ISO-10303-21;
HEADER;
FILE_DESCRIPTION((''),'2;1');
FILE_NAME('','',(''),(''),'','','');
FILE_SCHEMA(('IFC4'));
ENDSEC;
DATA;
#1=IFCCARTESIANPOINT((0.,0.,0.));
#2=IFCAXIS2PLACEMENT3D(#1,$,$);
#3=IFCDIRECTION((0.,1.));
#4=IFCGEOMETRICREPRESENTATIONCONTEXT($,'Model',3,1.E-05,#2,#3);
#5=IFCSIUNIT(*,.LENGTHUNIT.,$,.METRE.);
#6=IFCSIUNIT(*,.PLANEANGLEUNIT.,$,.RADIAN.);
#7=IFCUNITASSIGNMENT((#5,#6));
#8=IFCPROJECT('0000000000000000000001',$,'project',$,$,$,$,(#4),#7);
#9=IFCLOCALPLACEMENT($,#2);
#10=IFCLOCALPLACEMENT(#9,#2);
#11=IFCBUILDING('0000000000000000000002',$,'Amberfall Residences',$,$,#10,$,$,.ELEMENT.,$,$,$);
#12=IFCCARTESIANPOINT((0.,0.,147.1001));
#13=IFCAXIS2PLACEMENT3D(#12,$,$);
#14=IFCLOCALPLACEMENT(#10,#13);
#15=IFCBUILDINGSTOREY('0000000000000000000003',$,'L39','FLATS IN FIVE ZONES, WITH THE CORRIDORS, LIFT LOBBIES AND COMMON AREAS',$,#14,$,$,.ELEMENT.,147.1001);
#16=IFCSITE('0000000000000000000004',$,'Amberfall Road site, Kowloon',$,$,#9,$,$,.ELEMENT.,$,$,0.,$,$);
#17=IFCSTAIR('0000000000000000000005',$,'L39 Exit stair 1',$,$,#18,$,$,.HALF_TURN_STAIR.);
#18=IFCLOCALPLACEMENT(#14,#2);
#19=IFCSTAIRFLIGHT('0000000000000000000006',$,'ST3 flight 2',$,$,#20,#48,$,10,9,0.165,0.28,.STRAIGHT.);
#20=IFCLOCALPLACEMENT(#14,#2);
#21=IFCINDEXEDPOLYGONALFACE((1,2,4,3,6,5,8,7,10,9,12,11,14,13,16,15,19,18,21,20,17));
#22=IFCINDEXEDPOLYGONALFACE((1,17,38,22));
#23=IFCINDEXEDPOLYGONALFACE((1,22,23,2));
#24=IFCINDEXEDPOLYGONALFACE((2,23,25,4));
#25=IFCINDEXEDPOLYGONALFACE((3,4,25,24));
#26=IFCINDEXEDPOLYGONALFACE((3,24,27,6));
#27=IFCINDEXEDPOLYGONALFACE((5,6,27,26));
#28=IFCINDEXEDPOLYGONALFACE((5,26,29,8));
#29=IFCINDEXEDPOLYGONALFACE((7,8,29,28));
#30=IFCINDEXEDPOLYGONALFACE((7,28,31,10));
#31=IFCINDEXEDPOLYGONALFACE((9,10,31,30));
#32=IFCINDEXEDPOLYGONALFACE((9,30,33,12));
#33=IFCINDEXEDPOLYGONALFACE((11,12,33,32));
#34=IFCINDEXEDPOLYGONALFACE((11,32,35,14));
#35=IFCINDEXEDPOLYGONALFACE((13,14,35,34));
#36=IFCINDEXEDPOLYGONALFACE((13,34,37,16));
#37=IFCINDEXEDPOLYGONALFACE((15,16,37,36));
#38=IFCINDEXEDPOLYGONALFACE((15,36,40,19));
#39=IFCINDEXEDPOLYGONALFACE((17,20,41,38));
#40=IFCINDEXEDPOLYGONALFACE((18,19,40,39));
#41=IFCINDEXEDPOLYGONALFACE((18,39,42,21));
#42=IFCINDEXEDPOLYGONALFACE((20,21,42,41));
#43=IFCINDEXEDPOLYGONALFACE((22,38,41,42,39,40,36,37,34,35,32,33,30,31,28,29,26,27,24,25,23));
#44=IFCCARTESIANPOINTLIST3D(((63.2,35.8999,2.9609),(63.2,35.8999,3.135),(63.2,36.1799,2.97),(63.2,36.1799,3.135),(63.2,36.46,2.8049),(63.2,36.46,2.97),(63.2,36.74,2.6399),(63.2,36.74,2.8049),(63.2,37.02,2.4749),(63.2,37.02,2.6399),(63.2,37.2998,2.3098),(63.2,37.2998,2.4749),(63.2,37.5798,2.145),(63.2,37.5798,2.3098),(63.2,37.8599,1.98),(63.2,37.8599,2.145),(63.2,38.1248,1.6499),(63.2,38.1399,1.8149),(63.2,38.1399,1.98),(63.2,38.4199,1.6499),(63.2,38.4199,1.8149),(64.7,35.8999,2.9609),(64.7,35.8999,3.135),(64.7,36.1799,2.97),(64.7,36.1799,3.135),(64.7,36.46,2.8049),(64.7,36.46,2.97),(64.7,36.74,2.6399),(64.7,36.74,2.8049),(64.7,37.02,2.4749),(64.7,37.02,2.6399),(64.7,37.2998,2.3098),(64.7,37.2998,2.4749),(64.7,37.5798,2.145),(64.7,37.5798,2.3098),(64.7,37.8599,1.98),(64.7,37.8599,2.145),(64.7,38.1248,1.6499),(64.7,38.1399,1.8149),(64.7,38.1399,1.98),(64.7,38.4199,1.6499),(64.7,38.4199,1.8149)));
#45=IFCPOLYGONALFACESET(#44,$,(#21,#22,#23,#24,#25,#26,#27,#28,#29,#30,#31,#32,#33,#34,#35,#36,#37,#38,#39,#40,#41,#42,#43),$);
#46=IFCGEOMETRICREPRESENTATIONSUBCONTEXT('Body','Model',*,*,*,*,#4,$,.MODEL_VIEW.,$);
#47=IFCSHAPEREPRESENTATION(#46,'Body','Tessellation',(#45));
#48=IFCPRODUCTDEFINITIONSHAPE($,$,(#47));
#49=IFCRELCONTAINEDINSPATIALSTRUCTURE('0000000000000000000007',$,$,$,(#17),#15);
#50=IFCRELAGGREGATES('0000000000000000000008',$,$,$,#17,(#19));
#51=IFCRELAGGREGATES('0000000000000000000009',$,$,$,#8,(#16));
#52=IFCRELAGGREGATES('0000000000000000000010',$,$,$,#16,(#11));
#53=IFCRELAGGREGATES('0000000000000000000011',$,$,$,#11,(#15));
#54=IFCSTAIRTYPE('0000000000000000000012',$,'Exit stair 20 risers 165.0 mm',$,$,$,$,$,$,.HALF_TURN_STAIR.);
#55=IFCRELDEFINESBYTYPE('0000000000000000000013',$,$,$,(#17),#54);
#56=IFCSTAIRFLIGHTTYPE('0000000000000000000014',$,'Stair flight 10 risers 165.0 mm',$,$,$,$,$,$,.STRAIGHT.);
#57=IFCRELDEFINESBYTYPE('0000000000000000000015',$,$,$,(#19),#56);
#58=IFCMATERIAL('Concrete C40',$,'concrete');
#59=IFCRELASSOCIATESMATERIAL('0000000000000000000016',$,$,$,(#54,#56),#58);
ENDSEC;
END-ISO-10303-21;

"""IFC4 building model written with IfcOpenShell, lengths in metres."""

from ifc_helpers import new_model, si_unit, direction, frame, origin, place, context, subcontext, project, spatial, polyline, outline, extrude, material, type_object, element, aggregate, save


model = new_model("IFC4")

# Units and contexts
model_context = context("Model", 3, precision=1e-05, world=origin(), true_north=direction((0.0, 1.0)))
body_context = subcontext(model_context, "Body", "Model", "MODEL_VIEW")
ifc_project = project(units=[si_unit("LENGTHUNIT", "METRE"), si_unit("PLANEANGLEUNIT", "RADIAN")], contexts=[model_context])

# Site, building, storey
site_placement = place(None, origin())
site = spatial("IfcSite", under=ifc_project, at=site_placement, Name="Amberfall Road site, Kowloon", CompositionType="ELEMENT", RefElevation=0.0)
building_placement = place(site_placement, origin())
building = spatial("IfcBuilding", under=site, at=building_placement, Name="Amberfall Residences", CompositionType="ELEMENT")
storey_placement = place(building_placement, frame((0.0, 0.0, 147.1001)))
storey = spatial("IfcBuildingStorey", under=building, at=storey_placement, Name="L39", Description="FLATS IN FIVE ZONES, WITH THE CORRIDORS, LIFT LOBBIES AND COMMON AREAS", CompositionType="ELEMENT", Elevation=147.1001)

# Stair, stair flight
ifc_material_1 = material(Name="Concrete C40", Category="concrete")
stair_type = type_object("IfcStairType", Name="Exit stair 20 risers 165.0 mm", PredefinedType="HALF_TURN_STAIR", material=ifc_material_1)
stair_placement = place(storey_placement, origin())
stair = element("IfcStair", 1, at=stair_placement, inside=storey, type_object=stair_type, Name="L39 Exit stair 1", PredefinedType="HALF_TURN_STAIR")
stair_flight_type = type_object("IfcStairFlightType", Name="Stair flight 10 risers 165.0 mm", PredefinedType="STRAIGHT", material=ifc_material_1)
stair_flight_1_placement = place(storey_placement, frame((63.95, 38.4199, 1.6499), z_axis=(0.0, 0.0, 1.0), x_axis=(0.0, -1.0, 0.0)))
stair_flight_1 = element("IfcStairFlight", 2, at=stair_flight_1_placement, type_object=stair_flight_type, Name="ST3 flight 2", NumberOfRisers=10, NumberOfTreads=9, PredefinedType="STRAIGHT", RiserHeight=0.165, TreadLength=0.28, context=body_context, shape_type="SweptSolid", body=[
    extrude(outline(polyline([(0.0, 0.0), (0.0, 0.165), (0.28, 0.165), (0.28, 0.3301), (0.5601, 0.3301), (0.5601, 0.4951), (0.8401, 0.4951), (0.8401, 0.6599), (1.1201, 0.6599), (1.1201, 0.825), (1.3999, 0.825), (1.3999, 0.99), (1.6799, 0.99), (1.6799, 1.155), (1.96, 1.155), (1.96, 1.3201), (2.24, 1.3201), (2.24, 1.4851), (2.52, 1.4851), (2.52, 1.6499), (2.52, 1.311), (0.2952, 0.0), (0.0, 0.0)])), frame((0.0, 0.75, 0.0), z_axis=(0.0, -1.0, 0.0), x_axis=(1.0, 0.0, 0.0)), (0.0, 0.0, 1.0), 1.5),
])
aggregate(stair, [stair_flight_1])

save(model, "model.ifc")
